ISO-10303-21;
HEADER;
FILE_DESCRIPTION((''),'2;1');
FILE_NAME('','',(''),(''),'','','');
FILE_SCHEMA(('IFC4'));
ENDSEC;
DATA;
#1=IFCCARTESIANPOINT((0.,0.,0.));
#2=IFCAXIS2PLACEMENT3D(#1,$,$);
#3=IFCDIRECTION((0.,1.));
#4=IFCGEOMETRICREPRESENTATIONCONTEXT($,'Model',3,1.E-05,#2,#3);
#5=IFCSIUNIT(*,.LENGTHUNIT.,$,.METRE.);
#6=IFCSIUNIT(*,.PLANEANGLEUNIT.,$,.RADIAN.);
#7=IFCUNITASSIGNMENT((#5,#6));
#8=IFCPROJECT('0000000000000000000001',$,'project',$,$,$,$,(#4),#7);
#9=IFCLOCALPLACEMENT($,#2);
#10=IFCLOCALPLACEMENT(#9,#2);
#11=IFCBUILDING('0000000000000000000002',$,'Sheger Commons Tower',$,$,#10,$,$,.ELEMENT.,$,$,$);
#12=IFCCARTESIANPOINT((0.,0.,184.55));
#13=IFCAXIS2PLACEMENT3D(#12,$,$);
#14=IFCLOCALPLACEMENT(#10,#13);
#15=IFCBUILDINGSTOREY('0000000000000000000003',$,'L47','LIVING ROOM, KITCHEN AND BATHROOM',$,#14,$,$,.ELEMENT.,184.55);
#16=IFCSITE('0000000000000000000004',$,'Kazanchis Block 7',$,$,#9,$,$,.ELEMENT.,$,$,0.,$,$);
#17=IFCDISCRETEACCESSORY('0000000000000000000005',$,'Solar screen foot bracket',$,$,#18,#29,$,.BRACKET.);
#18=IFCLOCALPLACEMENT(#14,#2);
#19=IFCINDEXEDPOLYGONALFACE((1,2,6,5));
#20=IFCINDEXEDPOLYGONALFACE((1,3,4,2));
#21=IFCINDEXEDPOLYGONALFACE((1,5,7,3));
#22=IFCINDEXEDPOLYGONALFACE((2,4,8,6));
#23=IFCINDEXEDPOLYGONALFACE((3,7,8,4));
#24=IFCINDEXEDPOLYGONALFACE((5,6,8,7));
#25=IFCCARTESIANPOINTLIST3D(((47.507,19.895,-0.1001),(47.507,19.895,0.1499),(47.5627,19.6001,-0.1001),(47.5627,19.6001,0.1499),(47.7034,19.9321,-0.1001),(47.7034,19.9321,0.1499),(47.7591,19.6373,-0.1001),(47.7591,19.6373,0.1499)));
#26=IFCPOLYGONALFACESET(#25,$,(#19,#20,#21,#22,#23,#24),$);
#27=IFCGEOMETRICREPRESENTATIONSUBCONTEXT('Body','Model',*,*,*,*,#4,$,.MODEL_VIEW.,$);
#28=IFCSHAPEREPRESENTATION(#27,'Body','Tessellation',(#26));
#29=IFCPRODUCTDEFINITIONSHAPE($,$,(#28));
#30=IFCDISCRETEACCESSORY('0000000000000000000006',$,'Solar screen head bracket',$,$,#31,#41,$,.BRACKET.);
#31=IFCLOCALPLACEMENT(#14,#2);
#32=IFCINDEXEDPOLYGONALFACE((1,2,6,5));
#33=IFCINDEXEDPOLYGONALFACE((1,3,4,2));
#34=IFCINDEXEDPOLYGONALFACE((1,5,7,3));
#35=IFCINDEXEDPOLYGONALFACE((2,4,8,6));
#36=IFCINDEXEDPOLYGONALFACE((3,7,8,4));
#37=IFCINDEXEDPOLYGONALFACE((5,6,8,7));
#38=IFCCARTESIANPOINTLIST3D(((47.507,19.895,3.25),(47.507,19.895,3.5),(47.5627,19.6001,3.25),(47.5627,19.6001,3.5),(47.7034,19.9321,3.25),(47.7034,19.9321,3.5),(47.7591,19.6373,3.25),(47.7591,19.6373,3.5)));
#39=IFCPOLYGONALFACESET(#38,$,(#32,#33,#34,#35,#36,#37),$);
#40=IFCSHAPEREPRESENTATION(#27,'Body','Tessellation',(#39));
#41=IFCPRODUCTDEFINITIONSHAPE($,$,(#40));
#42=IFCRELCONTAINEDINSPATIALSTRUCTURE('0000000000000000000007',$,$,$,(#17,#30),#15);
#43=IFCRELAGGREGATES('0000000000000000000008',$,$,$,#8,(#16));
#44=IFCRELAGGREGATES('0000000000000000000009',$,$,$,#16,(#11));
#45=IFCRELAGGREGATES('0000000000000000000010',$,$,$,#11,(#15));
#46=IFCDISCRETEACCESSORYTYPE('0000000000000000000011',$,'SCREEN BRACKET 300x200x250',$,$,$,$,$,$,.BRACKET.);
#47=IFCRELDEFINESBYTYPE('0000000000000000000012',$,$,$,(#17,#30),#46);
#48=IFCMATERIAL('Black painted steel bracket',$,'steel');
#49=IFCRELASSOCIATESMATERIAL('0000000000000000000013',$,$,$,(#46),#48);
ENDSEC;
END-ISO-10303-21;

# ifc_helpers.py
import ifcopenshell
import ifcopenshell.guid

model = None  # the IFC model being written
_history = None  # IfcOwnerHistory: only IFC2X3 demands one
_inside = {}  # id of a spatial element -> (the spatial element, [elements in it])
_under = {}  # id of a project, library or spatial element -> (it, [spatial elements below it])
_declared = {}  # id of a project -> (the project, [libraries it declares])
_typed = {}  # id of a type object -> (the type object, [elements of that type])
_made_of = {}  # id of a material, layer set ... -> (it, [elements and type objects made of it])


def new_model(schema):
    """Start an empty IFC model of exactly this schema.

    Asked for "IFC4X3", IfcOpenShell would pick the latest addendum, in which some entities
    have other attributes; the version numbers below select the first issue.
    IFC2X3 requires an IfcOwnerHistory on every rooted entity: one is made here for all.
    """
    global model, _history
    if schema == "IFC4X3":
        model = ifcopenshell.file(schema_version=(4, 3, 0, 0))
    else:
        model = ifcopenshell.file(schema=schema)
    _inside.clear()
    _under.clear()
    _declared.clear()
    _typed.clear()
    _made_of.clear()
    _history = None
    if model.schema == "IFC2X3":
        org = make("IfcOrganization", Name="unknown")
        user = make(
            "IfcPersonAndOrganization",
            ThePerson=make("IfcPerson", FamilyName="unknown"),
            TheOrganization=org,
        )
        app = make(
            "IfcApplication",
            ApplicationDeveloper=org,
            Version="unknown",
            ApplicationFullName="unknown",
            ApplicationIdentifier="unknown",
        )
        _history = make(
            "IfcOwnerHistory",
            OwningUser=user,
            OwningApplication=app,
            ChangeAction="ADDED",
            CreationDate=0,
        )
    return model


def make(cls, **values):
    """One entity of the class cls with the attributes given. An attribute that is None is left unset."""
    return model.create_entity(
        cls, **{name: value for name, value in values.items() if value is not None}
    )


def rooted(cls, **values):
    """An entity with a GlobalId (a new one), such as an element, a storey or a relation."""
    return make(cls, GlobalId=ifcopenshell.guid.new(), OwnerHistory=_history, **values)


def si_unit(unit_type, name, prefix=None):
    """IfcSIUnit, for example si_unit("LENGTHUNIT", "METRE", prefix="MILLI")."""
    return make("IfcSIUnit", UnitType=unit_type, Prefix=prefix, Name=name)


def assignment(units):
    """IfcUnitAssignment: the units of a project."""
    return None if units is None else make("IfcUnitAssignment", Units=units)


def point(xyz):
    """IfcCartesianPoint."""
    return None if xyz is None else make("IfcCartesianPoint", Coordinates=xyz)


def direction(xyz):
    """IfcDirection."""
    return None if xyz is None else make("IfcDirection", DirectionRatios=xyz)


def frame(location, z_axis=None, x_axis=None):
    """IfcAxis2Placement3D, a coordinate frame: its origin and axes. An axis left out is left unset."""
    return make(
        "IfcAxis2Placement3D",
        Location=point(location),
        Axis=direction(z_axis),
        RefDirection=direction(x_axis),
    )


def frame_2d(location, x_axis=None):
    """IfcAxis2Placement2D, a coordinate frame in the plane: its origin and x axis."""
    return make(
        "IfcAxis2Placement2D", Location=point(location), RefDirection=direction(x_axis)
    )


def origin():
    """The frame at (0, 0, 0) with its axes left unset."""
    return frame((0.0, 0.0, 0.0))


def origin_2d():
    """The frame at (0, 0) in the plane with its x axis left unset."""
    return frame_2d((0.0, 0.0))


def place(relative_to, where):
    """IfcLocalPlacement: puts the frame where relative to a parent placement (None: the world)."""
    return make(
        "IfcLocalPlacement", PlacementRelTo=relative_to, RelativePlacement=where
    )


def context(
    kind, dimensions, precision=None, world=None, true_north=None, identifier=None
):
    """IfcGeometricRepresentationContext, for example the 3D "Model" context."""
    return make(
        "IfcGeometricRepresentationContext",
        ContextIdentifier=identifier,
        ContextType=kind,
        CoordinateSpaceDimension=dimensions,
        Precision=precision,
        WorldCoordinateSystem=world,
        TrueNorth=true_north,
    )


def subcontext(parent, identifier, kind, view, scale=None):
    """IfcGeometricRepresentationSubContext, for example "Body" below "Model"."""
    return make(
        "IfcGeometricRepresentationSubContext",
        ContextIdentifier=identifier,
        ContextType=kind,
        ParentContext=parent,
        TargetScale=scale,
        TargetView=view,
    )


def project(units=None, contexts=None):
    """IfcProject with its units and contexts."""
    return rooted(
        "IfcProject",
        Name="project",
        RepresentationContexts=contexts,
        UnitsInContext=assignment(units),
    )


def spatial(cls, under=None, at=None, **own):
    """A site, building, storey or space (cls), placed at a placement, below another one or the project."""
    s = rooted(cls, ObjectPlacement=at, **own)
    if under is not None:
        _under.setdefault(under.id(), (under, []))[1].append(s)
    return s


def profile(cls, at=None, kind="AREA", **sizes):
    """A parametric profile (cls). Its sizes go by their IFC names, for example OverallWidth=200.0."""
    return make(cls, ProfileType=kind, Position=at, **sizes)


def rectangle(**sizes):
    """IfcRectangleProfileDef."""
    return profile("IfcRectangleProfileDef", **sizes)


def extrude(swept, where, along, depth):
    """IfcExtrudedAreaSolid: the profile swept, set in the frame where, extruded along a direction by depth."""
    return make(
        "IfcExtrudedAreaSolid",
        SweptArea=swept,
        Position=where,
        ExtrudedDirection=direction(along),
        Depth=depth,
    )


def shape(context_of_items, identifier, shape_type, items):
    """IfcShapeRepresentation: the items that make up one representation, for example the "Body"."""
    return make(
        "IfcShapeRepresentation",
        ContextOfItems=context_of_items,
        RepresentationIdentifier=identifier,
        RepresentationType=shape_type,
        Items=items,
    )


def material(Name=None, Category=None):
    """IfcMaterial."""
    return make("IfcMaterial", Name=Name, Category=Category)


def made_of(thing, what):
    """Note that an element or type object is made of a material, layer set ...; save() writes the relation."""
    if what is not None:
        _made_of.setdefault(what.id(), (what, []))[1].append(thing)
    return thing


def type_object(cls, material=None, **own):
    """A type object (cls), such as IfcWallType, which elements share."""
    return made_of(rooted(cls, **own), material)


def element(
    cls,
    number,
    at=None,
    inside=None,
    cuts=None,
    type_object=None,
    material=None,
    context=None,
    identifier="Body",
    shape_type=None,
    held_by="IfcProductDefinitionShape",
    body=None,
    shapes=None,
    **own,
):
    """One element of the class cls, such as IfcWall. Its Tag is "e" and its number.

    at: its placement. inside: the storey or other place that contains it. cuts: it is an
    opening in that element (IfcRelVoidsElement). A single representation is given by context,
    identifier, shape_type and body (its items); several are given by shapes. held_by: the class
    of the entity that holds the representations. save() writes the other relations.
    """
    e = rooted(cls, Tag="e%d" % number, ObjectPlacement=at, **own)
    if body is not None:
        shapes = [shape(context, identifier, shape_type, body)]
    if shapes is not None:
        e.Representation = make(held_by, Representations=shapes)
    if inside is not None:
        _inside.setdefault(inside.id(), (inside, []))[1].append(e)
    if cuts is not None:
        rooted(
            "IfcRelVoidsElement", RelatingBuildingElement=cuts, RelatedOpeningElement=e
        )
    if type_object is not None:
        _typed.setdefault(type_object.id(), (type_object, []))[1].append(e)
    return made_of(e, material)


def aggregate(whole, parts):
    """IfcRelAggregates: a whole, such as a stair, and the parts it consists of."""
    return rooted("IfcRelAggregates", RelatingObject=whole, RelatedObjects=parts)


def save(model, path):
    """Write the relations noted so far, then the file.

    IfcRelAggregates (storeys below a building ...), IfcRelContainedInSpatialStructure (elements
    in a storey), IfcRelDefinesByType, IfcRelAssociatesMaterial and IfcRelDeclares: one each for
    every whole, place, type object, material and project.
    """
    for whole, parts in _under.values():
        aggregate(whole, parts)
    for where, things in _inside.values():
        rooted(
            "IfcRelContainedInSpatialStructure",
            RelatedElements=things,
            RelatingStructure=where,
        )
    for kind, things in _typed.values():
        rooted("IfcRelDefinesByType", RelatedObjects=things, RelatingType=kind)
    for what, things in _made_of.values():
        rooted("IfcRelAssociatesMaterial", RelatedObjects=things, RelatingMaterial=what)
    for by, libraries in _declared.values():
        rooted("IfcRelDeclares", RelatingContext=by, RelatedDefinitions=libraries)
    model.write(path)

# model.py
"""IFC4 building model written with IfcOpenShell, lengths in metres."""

from ifc_helpers import new_model, si_unit, direction, frame, origin, origin_2d, place, context, subcontext, project, spatial, rectangle, extrude, material, type_object, element, save


model = new_model("IFC4")

# Units and contexts
model_context = context("Model", 3, precision=1e-05, world=origin(), true_north=direction((0.0, 1.0)))
body_context = subcontext(model_context, "Body", "Model", "MODEL_VIEW")
ifc_project = project(units=[si_unit("LENGTHUNIT", "METRE"), si_unit("PLANEANGLEUNIT", "RADIAN")], contexts=[model_context])

# Site, building, storey
site_placement = place(None, origin())
site = spatial("IfcSite", under=ifc_project, at=site_placement, Name="Kazanchis Block 7", CompositionType="ELEMENT", RefElevation=0.0)
building_placement = place(site_placement, origin())
building = spatial("IfcBuilding", under=site, at=building_placement, Name="Sheger Commons Tower", CompositionType="ELEMENT")
storey_placement = place(building_placement, frame((0.0, 0.0, 184.55)))
storey = spatial("IfcBuildingStorey", under=building, at=storey_placement, Name="L47", Description="LIVING ROOM, KITCHEN AND BATHROOM", CompositionType="ELEMENT", Elevation=184.55)

# Discrete accessories
ifc_material_1 = material(Name="Black painted steel bracket", Category="steel")
discrete_accessory_type = type_object("IfcDiscreteAccessoryType", Name="SCREEN BRACKET 300x200x250", PredefinedType="BRACKET", material=ifc_material_1)
for number, where, z_axis, x_axis, name in (
    (1, (47.6331, 19.7661, -0.1001), (0.0, 0.0, 1.0), (-0.185615, 0.982623, 0.0), "Solar screen foot bracket"),
    (2, (47.6331, 19.7661, 3.25), (0.0, 0.0, 1.0), (-0.185615, 0.982623, 0.0), "Solar screen head bracket"),
):
    element("IfcDiscreteAccessory", number, at=place(storey_placement, frame(where, z_axis=z_axis, x_axis=x_axis)), inside=storey, type_object=discrete_accessory_type, Name=name, PredefinedType="BRACKET", context=body_context, shape_type="SweptSolid", body=[
        extrude(rectangle(XDim=0.3, YDim=0.2, at=origin_2d()), origin(), (0.0, 0.0, 1.0), 0.25),
    ])

save(model, "model.ifc")
